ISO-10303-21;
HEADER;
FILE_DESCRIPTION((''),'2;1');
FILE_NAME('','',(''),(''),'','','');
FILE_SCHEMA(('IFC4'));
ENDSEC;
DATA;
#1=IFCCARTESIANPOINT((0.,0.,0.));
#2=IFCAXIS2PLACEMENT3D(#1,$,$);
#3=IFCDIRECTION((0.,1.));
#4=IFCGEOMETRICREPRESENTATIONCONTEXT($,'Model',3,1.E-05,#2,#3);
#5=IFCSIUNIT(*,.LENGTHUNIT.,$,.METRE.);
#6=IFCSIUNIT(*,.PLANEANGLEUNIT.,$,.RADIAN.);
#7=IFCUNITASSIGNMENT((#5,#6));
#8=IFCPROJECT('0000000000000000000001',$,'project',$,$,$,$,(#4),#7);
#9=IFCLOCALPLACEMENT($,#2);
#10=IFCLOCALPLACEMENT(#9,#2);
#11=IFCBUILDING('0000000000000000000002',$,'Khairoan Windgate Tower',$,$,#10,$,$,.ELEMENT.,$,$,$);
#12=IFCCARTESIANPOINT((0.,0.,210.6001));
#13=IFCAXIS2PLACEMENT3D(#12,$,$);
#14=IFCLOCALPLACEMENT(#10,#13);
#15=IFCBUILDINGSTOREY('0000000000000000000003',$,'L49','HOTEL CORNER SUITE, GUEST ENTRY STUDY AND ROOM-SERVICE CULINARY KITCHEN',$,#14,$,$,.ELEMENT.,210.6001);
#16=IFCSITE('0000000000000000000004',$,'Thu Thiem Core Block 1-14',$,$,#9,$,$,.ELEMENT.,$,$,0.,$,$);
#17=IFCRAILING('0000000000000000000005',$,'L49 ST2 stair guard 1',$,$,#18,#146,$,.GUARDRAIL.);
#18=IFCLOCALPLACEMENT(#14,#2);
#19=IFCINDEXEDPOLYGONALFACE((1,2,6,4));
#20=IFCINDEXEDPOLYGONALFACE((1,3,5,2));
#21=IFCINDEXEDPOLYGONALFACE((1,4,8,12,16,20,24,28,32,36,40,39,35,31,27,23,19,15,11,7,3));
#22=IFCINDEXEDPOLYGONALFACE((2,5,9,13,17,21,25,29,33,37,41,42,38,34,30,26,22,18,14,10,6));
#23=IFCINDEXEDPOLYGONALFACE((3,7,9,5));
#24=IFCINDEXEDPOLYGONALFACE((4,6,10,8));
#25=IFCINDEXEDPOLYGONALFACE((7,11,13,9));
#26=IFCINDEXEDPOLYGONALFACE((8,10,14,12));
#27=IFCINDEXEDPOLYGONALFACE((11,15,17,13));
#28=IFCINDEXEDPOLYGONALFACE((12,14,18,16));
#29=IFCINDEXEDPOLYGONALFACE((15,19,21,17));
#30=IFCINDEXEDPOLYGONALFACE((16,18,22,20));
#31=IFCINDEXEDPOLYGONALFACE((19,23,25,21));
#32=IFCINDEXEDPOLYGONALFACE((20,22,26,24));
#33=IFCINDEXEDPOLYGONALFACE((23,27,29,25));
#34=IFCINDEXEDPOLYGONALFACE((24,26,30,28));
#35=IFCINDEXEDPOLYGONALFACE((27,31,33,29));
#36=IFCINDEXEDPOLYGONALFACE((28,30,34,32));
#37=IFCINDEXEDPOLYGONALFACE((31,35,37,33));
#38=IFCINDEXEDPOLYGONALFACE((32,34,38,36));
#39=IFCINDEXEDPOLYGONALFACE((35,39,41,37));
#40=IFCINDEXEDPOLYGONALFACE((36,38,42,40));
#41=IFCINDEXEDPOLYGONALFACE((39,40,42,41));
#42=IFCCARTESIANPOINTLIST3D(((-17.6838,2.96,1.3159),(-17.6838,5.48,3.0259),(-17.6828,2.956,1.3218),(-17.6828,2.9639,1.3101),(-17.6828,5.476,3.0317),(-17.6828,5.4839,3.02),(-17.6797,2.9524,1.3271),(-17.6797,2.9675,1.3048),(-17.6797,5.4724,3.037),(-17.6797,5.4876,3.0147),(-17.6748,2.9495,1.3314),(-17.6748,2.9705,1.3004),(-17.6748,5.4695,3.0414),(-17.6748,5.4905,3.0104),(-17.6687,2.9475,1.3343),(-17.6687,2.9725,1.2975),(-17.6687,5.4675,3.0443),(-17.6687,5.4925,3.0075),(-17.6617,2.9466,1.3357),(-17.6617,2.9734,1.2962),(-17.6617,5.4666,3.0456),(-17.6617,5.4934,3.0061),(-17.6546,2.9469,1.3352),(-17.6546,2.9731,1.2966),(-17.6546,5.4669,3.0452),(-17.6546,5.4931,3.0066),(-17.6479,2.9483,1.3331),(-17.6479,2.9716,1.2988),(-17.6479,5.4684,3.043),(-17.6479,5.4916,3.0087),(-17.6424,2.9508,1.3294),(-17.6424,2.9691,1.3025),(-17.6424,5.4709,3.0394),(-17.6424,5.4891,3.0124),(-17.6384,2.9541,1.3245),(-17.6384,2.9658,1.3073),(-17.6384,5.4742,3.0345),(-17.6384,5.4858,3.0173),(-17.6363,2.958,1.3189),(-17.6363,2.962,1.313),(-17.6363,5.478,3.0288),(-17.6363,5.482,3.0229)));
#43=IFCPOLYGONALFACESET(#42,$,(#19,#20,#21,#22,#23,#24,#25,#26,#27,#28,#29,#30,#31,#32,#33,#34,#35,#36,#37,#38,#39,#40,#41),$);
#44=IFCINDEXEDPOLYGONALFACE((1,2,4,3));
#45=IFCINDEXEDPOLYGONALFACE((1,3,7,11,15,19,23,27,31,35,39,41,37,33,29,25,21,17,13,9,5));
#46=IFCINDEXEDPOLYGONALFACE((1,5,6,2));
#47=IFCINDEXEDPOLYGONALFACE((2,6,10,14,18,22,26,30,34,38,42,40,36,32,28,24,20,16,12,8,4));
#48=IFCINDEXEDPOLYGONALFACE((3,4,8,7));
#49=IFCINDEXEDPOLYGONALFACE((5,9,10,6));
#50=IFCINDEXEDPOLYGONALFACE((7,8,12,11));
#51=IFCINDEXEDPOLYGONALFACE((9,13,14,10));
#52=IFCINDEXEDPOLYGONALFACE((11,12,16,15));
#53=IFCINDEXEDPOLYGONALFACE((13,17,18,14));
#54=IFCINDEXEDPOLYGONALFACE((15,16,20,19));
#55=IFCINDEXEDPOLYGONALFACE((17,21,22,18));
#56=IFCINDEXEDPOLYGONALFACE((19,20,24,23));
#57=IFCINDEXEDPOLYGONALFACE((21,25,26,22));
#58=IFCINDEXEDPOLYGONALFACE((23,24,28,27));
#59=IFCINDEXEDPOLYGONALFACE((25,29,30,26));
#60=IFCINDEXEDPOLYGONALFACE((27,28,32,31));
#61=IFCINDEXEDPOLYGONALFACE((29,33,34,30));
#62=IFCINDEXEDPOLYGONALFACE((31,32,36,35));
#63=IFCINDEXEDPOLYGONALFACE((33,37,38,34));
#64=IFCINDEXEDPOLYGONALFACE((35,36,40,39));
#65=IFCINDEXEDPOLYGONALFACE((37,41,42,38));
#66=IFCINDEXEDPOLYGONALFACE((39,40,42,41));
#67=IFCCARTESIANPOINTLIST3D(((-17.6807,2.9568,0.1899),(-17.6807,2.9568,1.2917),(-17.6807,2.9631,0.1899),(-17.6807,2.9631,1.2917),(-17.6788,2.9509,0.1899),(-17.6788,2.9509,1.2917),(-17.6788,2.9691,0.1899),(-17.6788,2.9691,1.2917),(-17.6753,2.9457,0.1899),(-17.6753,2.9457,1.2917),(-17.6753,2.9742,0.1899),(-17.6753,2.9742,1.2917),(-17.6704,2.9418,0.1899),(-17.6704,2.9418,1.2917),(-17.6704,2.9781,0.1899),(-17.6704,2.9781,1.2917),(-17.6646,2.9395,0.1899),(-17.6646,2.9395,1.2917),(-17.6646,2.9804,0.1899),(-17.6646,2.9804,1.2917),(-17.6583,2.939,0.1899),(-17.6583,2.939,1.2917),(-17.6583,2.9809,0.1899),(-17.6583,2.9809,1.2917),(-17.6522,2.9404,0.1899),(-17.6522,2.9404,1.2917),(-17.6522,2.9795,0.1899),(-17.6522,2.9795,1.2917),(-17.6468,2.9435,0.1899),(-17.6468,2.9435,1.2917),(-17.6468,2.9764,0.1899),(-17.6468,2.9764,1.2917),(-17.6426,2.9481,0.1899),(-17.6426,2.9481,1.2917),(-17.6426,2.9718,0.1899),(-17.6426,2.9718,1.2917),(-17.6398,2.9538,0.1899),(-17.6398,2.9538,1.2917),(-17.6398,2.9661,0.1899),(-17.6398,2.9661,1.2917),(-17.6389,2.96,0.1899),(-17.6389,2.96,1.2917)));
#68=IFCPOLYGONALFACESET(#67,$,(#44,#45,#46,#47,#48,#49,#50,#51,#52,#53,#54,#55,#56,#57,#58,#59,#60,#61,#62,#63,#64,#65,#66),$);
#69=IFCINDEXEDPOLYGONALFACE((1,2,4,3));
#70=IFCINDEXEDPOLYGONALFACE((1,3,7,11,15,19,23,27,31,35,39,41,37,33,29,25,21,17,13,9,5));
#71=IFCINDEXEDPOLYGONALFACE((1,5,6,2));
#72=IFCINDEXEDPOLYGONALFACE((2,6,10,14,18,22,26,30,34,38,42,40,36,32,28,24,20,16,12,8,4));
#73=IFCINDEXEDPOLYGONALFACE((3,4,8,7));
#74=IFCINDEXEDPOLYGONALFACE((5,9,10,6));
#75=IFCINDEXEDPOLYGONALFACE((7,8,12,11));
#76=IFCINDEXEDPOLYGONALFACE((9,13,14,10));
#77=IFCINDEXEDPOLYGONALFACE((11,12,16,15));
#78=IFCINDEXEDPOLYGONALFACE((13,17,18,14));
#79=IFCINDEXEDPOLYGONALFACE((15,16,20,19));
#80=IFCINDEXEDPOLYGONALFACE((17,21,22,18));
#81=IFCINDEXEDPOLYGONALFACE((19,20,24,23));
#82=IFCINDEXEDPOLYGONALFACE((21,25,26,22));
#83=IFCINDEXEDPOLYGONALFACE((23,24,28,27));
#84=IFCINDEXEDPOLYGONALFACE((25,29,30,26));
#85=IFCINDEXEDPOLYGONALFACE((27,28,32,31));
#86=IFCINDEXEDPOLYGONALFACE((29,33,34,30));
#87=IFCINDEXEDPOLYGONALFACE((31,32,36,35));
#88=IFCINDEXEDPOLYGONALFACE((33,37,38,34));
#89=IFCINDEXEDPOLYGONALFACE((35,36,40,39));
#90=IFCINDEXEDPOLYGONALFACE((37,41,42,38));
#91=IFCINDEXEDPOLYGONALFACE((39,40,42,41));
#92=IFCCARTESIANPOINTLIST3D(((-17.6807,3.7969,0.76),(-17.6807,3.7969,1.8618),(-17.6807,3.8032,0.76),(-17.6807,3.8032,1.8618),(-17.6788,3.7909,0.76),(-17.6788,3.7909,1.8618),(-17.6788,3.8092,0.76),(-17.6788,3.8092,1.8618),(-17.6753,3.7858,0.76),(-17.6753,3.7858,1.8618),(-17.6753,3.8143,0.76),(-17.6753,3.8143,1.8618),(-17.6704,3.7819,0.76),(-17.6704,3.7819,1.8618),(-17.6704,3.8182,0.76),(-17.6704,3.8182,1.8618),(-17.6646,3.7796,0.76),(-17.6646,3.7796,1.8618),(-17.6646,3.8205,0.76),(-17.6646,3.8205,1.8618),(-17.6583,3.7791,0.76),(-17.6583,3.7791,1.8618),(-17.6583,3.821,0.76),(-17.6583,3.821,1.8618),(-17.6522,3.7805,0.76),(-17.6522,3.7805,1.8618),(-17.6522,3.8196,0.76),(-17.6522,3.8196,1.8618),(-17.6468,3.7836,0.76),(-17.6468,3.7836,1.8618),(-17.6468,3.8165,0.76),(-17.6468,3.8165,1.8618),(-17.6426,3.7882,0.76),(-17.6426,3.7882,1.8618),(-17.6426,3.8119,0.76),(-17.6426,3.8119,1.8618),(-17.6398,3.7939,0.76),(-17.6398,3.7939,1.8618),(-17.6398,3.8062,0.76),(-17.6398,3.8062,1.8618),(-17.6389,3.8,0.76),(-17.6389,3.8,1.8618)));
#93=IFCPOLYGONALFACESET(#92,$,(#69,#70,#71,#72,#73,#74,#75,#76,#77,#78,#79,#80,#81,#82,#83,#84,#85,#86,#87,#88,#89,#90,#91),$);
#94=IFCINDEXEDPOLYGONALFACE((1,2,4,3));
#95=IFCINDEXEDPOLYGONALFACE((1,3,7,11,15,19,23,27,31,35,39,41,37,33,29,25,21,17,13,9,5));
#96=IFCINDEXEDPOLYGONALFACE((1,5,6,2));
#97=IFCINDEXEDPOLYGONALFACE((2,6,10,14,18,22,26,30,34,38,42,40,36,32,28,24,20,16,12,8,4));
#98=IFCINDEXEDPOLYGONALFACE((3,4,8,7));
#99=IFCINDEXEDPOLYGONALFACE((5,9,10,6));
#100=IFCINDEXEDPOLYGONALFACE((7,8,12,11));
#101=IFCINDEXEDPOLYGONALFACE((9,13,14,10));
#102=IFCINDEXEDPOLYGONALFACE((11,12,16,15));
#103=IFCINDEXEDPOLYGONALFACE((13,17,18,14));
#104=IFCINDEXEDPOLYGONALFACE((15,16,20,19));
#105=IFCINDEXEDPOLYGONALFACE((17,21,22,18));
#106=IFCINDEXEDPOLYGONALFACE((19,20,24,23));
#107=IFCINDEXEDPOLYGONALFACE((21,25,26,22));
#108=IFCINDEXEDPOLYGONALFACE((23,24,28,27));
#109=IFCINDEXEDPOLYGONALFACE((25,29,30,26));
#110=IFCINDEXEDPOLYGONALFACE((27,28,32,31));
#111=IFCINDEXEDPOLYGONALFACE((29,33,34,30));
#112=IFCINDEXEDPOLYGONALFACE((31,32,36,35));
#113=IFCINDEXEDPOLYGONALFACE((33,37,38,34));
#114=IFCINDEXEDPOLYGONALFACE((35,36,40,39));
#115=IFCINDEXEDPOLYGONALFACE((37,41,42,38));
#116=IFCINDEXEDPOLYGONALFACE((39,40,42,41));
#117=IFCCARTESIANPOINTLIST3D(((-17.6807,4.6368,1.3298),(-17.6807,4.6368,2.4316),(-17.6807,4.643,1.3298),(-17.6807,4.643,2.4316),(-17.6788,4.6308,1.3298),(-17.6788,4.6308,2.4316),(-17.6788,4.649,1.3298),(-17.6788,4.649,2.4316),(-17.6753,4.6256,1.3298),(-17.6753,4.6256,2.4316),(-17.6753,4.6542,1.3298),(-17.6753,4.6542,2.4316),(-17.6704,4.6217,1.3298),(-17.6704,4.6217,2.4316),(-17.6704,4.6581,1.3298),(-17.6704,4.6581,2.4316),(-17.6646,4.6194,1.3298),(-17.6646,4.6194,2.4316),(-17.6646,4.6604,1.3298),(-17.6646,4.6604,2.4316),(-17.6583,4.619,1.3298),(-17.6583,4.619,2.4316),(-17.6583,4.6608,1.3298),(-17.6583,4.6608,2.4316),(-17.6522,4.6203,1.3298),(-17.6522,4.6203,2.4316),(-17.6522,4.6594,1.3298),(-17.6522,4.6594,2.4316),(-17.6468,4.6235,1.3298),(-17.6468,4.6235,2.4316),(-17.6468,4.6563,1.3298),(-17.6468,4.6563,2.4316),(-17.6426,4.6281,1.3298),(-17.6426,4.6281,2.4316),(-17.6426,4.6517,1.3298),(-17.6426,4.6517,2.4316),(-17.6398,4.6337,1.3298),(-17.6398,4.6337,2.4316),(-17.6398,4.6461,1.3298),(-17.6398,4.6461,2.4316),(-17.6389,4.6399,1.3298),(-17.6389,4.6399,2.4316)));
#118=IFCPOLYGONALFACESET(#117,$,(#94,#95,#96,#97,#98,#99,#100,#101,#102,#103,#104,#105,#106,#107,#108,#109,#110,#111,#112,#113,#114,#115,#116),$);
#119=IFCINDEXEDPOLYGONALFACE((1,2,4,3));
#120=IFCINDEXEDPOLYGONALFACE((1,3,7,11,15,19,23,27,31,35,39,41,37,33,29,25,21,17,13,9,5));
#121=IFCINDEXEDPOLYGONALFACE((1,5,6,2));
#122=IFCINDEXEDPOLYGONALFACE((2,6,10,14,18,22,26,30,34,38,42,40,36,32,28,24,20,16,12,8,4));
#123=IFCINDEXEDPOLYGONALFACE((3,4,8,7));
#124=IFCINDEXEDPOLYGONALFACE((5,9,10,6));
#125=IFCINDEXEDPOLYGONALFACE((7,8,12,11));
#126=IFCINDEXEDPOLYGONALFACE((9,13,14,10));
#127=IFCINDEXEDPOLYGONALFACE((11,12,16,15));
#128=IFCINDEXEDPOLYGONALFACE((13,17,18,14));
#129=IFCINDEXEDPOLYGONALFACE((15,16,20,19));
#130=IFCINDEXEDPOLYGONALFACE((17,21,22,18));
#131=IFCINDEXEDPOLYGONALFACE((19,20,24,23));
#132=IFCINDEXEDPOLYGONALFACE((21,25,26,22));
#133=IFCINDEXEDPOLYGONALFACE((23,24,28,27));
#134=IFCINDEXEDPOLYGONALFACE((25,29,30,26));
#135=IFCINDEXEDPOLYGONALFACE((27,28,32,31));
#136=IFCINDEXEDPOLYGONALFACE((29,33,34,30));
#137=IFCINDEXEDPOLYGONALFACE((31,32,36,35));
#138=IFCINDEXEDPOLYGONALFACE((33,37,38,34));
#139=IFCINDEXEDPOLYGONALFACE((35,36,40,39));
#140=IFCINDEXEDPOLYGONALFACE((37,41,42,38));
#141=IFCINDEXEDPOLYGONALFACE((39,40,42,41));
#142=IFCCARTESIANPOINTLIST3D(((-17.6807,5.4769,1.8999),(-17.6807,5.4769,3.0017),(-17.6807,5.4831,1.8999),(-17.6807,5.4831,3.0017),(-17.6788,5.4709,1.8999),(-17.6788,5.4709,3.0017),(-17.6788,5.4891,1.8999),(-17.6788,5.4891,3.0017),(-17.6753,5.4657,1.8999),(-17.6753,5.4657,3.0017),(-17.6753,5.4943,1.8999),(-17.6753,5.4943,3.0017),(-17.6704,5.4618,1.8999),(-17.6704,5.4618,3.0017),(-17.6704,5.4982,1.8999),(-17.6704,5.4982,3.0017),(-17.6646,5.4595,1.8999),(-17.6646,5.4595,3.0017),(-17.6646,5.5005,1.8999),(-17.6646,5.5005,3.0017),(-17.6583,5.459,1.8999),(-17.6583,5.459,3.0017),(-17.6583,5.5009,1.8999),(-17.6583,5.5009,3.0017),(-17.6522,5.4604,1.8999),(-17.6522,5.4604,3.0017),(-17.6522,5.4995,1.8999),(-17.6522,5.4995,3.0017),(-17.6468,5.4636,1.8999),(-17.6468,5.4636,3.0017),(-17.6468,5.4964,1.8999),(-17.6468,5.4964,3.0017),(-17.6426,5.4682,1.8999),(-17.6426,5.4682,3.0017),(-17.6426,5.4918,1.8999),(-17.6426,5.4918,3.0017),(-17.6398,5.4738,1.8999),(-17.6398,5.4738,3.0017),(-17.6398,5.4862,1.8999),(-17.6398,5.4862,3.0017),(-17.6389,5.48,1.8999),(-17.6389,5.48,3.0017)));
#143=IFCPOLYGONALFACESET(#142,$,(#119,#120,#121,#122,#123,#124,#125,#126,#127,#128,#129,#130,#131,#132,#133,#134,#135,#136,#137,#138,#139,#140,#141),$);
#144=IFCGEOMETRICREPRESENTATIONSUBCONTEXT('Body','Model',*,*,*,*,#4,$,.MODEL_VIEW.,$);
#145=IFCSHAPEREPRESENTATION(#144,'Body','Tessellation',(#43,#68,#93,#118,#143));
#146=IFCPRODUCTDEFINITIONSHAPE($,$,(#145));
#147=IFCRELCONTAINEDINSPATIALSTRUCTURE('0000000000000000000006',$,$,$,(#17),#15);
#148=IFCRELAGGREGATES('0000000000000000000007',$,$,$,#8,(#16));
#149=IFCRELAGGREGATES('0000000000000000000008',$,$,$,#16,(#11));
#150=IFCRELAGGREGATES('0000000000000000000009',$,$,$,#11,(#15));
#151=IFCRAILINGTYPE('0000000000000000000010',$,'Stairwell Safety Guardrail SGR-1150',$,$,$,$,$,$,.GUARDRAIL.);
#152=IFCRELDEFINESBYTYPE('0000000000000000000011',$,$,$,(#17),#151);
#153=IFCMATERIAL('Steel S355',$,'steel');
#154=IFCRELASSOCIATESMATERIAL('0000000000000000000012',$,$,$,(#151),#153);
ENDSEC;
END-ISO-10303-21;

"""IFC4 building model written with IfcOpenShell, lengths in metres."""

from ifc_helpers import new_model, si_unit, direction, frame, origin, origin_2d, place, context, subcontext, project, spatial, circle, extrude, material, type_object, element, save


model = new_model("IFC4")

# Units and contexts
model_context = context("Model", 3, precision=1e-05, world=origin(), true_north=direction((0.0, 1.0)))
body_context = subcontext(model_context, "Body", "Model", "MODEL_VIEW")
ifc_project = project(units=[si_unit("LENGTHUNIT", "METRE"), si_unit("PLANEANGLEUNIT", "RADIAN")], contexts=[model_context])

# Site, building, storey
site_placement = place(None, origin())
site = spatial("IfcSite", under=ifc_project, at=site_placement, Name="Thu Thiem Core Block 1-14", CompositionType="ELEMENT", RefElevation=0.0)
building_placement = place(site_placement, origin())
building = spatial("IfcBuilding", under=site, at=building_placement, Name="Khairoan Windgate Tower", CompositionType="ELEMENT")
storey_placement = place(building_placement, frame((0.0, 0.0, 210.6001)))
storey = spatial("IfcBuildingStorey", under=building, at=storey_placement, Name="L49", Description="HOTEL CORNER SUITE, GUEST ENTRY STUDY AND ROOM-SERVICE CULINARY KITCHEN", CompositionType="ELEMENT", Elevation=210.6001)

# Railing
ifc_material_1 = material(Name="Steel S355", Category="steel")
railing_type_1 = type_object("IfcRailingType", Name="Stairwell Safety Guardrail SGR-1150", PredefinedType="GUARDRAIL", material=ifc_material_1)
railing_1_placement = place(storey_placement, frame((-17.6599, 2.96, 0.1899)))
element("IfcRailing", 1, at=railing_1_placement, inside=storey, type_object=railing_type_1, Name="L49 ST2 stair guard 1", PredefinedType="GUARDRAIL", context=body_context, shape_type="SweptSolid", body=[
    extrude(circle(Radius=0.0239, at=origin_2d()), frame((0.0, 0.0, 1.126), z_axis=(0.0, 0.827484, 0.56149), x_axis=(-1.0, 0.0, 0.0)), (0.0, 0.0, 1.0), 3.0454),
    extrude(circle(Radius=0.021, at=origin_2d()), origin(), (0.0, 0.0, 1.0), 1.1018),
    extrude(circle(Radius=0.021, at=origin_2d()), frame((0.0, 0.8401, 0.5701)), (0.0, 0.0, 1.0), 1.1018),
    extrude(circle(Radius=0.021, at=origin_2d()), frame((0.0, 1.6799, 1.1399)), (0.0, 0.0, 1.0), 1.1018),
    extrude(circle(Radius=0.021, at=origin_2d()), frame((0.0, 2.52, 1.71)), (0.0, 0.0, 1.0), 1.1018),
])

save(model, "model.ifc")
